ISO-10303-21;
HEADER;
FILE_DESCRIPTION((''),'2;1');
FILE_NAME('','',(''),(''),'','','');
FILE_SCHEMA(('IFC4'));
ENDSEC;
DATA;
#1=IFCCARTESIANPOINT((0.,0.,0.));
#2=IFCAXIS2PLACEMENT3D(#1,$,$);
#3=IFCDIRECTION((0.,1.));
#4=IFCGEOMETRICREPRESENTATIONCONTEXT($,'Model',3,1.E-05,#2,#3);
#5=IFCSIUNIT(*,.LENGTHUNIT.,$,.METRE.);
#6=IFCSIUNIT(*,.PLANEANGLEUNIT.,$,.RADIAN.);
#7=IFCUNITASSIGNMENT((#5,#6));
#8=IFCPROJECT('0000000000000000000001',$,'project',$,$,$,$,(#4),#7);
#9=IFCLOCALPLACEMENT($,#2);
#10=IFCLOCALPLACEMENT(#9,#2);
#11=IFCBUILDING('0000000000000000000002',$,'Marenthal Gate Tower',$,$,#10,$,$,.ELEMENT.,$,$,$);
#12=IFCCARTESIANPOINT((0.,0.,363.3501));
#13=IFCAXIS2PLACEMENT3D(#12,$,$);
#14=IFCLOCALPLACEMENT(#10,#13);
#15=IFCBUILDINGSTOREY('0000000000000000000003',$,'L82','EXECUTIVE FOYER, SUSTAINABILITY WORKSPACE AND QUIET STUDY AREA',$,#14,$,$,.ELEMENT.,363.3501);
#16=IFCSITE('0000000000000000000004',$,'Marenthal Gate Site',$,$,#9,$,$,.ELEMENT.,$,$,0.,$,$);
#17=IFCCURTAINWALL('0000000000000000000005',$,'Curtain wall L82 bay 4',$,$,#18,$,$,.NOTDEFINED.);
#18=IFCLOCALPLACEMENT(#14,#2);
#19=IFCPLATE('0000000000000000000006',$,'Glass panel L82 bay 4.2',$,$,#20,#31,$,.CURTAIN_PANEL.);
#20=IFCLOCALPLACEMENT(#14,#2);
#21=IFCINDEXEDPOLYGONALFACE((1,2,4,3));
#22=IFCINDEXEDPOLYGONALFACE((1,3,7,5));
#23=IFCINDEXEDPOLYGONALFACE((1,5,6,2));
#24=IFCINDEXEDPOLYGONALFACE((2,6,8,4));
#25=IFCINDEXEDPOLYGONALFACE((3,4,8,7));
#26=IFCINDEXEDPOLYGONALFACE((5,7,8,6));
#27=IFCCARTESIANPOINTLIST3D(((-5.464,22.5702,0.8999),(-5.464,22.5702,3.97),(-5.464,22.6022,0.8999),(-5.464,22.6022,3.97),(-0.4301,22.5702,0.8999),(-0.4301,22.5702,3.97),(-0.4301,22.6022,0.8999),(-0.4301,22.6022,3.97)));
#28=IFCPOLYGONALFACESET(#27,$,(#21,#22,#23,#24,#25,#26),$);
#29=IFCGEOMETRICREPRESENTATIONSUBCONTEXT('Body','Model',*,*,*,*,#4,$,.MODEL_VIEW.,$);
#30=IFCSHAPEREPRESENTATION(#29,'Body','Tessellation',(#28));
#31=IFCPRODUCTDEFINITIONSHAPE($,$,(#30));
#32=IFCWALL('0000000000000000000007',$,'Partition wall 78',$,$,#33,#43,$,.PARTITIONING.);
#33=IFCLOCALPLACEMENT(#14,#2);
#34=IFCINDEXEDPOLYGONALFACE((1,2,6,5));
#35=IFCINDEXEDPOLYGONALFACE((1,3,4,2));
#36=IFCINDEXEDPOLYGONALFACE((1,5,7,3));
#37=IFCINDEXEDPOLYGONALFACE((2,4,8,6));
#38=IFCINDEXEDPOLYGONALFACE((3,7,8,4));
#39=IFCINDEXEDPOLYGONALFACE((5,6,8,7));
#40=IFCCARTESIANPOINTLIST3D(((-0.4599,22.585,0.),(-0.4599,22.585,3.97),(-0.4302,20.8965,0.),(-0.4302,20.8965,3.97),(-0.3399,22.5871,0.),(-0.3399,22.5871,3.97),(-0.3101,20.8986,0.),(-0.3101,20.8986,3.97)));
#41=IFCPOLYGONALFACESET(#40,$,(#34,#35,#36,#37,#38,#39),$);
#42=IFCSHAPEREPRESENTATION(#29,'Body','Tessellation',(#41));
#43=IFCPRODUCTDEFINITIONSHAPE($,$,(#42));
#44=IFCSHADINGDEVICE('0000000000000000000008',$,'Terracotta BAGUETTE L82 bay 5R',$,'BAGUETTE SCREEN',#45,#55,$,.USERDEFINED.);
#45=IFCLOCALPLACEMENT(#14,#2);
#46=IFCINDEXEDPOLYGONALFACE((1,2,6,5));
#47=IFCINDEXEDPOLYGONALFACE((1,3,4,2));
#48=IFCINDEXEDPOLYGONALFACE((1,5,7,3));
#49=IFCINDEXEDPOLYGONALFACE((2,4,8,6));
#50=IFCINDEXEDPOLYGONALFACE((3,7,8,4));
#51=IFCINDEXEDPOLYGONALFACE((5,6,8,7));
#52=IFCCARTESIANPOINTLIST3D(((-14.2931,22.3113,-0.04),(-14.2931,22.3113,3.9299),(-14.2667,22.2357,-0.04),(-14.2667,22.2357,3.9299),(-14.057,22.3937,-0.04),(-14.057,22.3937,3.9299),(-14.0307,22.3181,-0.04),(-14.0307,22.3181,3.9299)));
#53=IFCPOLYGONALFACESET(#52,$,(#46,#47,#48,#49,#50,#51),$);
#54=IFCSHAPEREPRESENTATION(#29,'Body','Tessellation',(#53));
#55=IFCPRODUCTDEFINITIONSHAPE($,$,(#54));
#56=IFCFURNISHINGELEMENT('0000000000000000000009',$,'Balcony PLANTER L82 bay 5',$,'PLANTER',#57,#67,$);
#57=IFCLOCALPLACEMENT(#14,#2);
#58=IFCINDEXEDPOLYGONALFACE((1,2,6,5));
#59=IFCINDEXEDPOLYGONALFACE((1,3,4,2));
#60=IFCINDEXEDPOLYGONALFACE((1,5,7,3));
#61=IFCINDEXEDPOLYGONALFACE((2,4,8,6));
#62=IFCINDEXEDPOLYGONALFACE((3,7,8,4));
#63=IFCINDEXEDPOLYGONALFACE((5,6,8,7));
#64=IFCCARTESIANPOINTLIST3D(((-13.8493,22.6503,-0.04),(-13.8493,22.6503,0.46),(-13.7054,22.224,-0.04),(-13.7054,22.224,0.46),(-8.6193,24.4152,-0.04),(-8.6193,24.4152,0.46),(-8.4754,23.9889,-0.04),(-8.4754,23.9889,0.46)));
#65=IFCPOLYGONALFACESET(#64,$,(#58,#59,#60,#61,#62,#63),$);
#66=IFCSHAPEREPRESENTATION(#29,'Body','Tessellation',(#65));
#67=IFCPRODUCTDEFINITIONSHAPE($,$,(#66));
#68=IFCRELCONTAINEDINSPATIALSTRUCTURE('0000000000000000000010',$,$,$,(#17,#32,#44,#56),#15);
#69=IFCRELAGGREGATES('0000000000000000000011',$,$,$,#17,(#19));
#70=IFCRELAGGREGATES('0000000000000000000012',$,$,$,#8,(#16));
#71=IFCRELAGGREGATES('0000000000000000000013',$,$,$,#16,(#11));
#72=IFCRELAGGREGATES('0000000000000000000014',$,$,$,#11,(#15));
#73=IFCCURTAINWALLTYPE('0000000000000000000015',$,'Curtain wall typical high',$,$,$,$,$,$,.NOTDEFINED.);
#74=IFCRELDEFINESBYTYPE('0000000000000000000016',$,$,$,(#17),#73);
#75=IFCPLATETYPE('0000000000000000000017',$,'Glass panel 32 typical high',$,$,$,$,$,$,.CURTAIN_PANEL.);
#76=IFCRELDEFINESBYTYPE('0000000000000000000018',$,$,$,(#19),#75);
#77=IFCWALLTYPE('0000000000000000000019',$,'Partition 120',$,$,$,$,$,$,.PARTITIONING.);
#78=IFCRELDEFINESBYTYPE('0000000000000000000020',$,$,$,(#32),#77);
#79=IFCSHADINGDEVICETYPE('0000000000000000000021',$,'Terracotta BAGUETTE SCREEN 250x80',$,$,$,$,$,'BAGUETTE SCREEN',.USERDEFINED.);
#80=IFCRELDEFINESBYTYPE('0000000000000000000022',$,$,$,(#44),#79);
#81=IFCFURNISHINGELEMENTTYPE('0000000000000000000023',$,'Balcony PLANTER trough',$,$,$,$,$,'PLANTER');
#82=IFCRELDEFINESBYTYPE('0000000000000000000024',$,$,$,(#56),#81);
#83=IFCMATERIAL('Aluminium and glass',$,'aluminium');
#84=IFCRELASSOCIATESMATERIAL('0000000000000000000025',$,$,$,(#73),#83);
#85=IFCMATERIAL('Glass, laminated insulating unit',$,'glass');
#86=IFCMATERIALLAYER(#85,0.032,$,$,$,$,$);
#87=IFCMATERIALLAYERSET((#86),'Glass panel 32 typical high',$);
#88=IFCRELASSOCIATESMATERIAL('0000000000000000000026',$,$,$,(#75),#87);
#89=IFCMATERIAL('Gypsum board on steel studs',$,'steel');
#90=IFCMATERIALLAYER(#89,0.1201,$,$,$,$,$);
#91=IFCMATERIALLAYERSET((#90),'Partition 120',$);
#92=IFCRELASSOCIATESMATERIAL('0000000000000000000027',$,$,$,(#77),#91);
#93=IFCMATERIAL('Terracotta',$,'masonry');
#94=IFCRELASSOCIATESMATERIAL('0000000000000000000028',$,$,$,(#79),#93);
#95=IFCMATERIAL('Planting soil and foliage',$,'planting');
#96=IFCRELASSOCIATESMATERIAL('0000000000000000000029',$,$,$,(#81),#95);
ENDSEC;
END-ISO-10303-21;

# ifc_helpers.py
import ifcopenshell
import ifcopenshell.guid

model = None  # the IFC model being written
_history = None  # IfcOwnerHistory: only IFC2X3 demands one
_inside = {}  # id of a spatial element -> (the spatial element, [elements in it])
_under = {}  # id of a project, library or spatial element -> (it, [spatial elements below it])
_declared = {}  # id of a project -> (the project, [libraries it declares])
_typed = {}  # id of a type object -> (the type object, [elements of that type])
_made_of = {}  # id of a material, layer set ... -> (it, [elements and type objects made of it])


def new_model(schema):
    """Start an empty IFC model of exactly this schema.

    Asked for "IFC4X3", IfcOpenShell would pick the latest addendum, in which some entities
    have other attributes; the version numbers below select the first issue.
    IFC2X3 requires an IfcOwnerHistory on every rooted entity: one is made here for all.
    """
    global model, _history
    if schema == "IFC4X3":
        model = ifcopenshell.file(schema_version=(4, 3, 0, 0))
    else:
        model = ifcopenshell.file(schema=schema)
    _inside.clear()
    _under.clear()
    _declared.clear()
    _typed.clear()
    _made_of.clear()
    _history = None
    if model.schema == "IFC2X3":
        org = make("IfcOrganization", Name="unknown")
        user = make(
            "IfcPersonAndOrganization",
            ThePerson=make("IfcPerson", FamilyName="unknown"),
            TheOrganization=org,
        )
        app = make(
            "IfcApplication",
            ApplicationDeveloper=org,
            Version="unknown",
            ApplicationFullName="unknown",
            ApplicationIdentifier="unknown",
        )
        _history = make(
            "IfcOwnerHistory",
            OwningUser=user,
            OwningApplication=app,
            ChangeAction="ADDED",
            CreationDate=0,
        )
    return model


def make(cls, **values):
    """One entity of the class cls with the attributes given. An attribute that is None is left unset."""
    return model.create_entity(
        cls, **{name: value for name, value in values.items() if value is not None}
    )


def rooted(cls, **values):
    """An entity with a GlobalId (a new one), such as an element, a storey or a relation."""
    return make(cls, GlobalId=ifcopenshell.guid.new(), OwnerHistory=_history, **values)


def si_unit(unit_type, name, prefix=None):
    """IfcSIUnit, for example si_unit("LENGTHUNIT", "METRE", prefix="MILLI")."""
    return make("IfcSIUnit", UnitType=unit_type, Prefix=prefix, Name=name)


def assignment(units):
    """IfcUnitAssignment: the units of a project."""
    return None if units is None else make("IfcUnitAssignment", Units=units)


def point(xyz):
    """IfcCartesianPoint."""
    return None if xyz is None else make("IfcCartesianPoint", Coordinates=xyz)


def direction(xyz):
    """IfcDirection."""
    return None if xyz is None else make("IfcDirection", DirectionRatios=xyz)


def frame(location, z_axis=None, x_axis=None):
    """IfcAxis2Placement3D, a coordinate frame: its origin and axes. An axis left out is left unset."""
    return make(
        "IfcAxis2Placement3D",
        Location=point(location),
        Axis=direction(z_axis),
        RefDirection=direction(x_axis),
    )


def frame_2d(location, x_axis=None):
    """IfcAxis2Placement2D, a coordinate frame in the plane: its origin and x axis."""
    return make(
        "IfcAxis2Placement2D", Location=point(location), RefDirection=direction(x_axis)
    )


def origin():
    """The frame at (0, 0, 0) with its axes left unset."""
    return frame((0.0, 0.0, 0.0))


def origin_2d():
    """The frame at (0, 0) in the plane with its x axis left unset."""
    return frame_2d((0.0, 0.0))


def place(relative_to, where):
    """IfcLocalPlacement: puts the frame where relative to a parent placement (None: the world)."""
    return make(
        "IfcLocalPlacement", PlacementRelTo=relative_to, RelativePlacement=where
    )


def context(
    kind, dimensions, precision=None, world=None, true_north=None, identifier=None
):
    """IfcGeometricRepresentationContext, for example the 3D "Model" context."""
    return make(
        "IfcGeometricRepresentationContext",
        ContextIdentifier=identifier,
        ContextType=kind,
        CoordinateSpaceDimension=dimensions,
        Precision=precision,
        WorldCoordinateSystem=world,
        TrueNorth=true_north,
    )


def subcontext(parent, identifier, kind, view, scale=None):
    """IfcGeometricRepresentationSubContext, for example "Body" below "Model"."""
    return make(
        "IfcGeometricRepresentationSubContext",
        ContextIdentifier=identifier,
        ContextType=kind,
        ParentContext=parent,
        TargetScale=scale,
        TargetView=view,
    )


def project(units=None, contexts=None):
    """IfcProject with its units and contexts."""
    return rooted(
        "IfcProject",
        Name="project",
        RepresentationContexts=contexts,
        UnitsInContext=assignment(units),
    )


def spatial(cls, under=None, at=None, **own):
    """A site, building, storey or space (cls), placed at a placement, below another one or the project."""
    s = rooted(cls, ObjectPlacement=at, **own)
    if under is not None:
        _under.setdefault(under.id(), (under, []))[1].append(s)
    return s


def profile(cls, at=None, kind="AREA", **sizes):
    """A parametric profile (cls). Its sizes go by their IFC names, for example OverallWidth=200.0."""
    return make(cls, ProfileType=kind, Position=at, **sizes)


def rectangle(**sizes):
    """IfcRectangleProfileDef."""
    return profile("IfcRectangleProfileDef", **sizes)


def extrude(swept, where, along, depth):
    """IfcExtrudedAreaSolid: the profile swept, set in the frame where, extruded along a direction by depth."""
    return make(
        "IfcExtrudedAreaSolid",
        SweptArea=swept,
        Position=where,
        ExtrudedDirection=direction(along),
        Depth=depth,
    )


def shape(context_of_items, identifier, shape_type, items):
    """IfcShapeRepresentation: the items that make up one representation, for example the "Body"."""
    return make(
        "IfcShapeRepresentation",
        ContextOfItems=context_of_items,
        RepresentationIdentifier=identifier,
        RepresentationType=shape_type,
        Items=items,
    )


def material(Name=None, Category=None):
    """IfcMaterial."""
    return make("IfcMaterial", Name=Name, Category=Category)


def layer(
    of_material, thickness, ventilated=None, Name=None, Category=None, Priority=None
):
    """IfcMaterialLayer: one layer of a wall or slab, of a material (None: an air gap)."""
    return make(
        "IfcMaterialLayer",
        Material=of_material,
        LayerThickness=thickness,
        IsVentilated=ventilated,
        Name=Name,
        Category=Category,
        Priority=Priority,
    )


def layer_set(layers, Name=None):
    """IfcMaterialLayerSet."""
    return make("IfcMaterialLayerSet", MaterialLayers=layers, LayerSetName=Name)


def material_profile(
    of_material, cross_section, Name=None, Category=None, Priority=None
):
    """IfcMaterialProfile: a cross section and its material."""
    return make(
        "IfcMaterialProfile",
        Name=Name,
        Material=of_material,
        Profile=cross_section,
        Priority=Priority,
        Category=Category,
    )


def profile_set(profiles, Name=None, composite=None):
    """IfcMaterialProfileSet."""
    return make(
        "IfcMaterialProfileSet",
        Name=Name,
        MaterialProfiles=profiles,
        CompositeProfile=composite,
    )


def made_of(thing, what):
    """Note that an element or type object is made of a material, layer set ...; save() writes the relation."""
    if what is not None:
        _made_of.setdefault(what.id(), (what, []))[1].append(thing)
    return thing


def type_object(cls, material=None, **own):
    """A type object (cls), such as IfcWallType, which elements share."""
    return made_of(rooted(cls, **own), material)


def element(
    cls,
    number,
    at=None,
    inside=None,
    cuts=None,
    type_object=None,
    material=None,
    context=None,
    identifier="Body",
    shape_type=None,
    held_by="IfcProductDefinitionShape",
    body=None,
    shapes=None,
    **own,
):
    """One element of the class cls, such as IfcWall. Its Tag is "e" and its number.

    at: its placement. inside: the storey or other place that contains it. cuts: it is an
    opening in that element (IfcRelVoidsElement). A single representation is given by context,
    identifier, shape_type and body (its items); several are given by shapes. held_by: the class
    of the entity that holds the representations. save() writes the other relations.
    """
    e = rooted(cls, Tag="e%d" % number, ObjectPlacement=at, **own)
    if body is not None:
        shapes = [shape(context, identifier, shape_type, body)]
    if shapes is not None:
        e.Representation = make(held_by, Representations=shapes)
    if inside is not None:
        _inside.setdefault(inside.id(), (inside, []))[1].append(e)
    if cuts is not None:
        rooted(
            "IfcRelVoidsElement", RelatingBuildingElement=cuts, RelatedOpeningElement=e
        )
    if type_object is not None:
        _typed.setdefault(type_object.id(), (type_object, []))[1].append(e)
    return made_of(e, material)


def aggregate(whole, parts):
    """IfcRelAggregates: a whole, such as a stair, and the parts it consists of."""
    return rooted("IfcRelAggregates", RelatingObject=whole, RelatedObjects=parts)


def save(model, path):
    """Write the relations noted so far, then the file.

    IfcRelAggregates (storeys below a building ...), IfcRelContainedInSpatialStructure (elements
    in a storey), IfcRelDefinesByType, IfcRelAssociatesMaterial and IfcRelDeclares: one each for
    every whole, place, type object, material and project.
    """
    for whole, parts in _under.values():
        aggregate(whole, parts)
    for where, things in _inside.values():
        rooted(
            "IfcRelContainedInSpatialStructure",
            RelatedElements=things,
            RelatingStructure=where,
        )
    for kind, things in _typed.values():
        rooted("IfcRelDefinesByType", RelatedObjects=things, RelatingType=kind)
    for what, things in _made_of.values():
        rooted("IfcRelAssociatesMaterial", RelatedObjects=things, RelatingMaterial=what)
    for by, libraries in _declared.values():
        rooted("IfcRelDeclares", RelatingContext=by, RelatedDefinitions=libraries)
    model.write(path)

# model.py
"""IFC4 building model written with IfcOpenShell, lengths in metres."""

from ifc_helpers import new_model, si_unit, direction, frame, frame_2d, origin, origin_2d, place, context, subcontext, project, spatial, rectangle, extrude, material, layer, layer_set, material_profile, profile_set, type_object, element, aggregate, save


model = new_model("IFC4")

# Units and contexts
model_context = context("Model", 3, precision=1e-05, world=origin(), true_north=direction((0.0, 1.0)))
body_context = subcontext(model_context, "Body", "Model", "MODEL_VIEW")
ifc_project = project(units=[si_unit("LENGTHUNIT", "METRE"), si_unit("PLANEANGLEUNIT", "RADIAN")], contexts=[model_context])

# Site, building, storey
site_placement = place(None, origin())
site = spatial("IfcSite", under=ifc_project, at=site_placement, Name="Marenthal Gate Site", CompositionType="ELEMENT", RefElevation=0.0)
building_placement = place(site_placement, origin())
building = spatial("IfcBuilding", under=site, at=building_placement, Name="Marenthal Gate Tower", CompositionType="ELEMENT")
storey_placement = place(building_placement, frame((0.0, 0.0, 363.3501)))
storey = spatial("IfcBuildingStorey", under=building, at=storey_placement, Name="L82", Description="EXECUTIVE FOYER, SUSTAINABILITY WORKSPACE AND QUIET STUDY AREA", CompositionType="ELEMENT", Elevation=363.3501)

# Curtain wall
ifc_material_1 = material(Name="Aluminium and glass", Category="aluminium")
curtain_wall_type = type_object("IfcCurtainWallType", Name="Curtain wall typical high", PredefinedType="NOTDEFINED", material=ifc_material_1)
curtain_wall_placement = place(storey_placement, origin())
curtain_wall = element("IfcCurtainWall", 1, at=curtain_wall_placement, inside=storey, type_object=curtain_wall_type, Name="Curtain wall L82 bay 4", PredefinedType="NOTDEFINED")

# Plate
ifc_material_2 = material(Name="Glass, laminated insulating unit", Category="glass")
ifc_layer_1 = layer(ifc_material_2, 0.032)
ifc_layer_set_1 = layer_set([ifc_layer_1], Name="Glass panel 32 typical high")
plate_type = type_object("IfcPlateType", Name="Glass panel 32 typical high", PredefinedType="CURTAIN_PANEL", material=ifc_layer_set_1)
plate_placement = place(storey_placement, frame((-2.947, 22.5862, 0.8999), z_axis=(0.0, 0.0, 1.0), x_axis=(-1.0, 0.0, 0.0)))
plate = element("IfcPlate", 2, at=plate_placement, type_object=plate_type, Name="Glass panel L82 bay 4.2", PredefinedType="CURTAIN_PANEL", context=body_context, shape_type="SweptSolid", body=[
    extrude(rectangle(XDim=5.0339, YDim=0.032, at=origin_2d()), origin(), (0.0, 0.0, 1.0), 3.0701),
])
aggregate(curtain_wall, [plate])

# Wall
ifc_material_3 = material(Name="Gypsum board on steel studs", Category="steel")
ifc_layer_2 = layer(ifc_material_3, 0.1201)
ifc_layer_set_2 = layer_set([ifc_layer_2], Name="Partition 120")
wall_type_1 = type_object("IfcWallType", Name="Partition 120", PredefinedType="PARTITIONING", material=ifc_layer_set_2)
wall_1_placement = place(storey_placement, frame((-0.3701, 20.8977, 0.0), z_axis=(0.0, 0.0, 1.0), x_axis=(-0.017638, 0.999844, 0.0)))
element("IfcWall", 3, at=wall_1_placement, inside=storey, type_object=wall_type_1, Name="Partition wall 78", PredefinedType="PARTITIONING", context=body_context, shape_type="SweptSolid", body=[
    extrude(rectangle(XDim=1.6887, YDim=0.1201, at=frame_2d((0.8442, 0.0))), origin(), (0.0, 0.0, 1.0), 3.97),
])

# Shading device
ifc_material_4 = material(Name="Terracotta", Category="masonry")
ifc_material_profile_1 = material_profile(ifc_material_4, rectangle(XDim=0.25, YDim=0.0801, at=origin_2d()), Name="Terracotta baguette 250x80")
ifc_profile_set_1 = profile_set([ifc_material_profile_1], Name="Terracotta")
shading_device_type = type_object("IfcShadingDeviceType", Name="Terracotta BAGUETTE SCREEN 250x80", ElementType="BAGUETTE SCREEN", PredefinedType="USERDEFINED", material=ifc_profile_set_1)
shading_device_placement = place(storey_placement, frame((-14.1619, 22.3147, -0.04), z_axis=(0.0, 0.0, 1.0), x_axis=(-0.944118, -0.329607, 0.0)))
element("IfcShadingDevice", 4, at=shading_device_placement, inside=storey, type_object=shading_device_type, Name="Terracotta BAGUETTE L82 bay 5R", ObjectType="BAGUETTE SCREEN", PredefinedType="USERDEFINED", context=body_context, shape_type="SweptSolid", body=[
    extrude(rectangle(XDim=0.25, YDim=0.0801, at=origin_2d()), origin(), (0.0, 0.0, 1.0), 3.97),
])

# Furnishing element
ifc_material_5 = material(Name="Planting soil and foliage", Category="planting")
furnishing_element_type = type_object("IfcFurnishingElementType", Name="Balcony PLANTER trough", ElementType="PLANTER", material=ifc_material_5)
furnishing_placement = place(storey_placement, frame((-11.1624, 23.3196, -0.04), z_axis=(0.0, 0.0, 1.0), x_axis=(-0.947505, -0.31974, 0.0)))
element("IfcFurnishingElement", 5, at=furnishing_placement, inside=storey, type_object=furnishing_element_type, Name="Balcony PLANTER L82 bay 5", ObjectType="PLANTER", context=body_context, shape_type="SweptSolid", body=[
    extrude(rectangle(XDim=5.5198, YDim=0.45, at=origin_2d()), origin(), (0.0, 0.0, 1.0), 0.5),
])

save(model, "model.ifc")
